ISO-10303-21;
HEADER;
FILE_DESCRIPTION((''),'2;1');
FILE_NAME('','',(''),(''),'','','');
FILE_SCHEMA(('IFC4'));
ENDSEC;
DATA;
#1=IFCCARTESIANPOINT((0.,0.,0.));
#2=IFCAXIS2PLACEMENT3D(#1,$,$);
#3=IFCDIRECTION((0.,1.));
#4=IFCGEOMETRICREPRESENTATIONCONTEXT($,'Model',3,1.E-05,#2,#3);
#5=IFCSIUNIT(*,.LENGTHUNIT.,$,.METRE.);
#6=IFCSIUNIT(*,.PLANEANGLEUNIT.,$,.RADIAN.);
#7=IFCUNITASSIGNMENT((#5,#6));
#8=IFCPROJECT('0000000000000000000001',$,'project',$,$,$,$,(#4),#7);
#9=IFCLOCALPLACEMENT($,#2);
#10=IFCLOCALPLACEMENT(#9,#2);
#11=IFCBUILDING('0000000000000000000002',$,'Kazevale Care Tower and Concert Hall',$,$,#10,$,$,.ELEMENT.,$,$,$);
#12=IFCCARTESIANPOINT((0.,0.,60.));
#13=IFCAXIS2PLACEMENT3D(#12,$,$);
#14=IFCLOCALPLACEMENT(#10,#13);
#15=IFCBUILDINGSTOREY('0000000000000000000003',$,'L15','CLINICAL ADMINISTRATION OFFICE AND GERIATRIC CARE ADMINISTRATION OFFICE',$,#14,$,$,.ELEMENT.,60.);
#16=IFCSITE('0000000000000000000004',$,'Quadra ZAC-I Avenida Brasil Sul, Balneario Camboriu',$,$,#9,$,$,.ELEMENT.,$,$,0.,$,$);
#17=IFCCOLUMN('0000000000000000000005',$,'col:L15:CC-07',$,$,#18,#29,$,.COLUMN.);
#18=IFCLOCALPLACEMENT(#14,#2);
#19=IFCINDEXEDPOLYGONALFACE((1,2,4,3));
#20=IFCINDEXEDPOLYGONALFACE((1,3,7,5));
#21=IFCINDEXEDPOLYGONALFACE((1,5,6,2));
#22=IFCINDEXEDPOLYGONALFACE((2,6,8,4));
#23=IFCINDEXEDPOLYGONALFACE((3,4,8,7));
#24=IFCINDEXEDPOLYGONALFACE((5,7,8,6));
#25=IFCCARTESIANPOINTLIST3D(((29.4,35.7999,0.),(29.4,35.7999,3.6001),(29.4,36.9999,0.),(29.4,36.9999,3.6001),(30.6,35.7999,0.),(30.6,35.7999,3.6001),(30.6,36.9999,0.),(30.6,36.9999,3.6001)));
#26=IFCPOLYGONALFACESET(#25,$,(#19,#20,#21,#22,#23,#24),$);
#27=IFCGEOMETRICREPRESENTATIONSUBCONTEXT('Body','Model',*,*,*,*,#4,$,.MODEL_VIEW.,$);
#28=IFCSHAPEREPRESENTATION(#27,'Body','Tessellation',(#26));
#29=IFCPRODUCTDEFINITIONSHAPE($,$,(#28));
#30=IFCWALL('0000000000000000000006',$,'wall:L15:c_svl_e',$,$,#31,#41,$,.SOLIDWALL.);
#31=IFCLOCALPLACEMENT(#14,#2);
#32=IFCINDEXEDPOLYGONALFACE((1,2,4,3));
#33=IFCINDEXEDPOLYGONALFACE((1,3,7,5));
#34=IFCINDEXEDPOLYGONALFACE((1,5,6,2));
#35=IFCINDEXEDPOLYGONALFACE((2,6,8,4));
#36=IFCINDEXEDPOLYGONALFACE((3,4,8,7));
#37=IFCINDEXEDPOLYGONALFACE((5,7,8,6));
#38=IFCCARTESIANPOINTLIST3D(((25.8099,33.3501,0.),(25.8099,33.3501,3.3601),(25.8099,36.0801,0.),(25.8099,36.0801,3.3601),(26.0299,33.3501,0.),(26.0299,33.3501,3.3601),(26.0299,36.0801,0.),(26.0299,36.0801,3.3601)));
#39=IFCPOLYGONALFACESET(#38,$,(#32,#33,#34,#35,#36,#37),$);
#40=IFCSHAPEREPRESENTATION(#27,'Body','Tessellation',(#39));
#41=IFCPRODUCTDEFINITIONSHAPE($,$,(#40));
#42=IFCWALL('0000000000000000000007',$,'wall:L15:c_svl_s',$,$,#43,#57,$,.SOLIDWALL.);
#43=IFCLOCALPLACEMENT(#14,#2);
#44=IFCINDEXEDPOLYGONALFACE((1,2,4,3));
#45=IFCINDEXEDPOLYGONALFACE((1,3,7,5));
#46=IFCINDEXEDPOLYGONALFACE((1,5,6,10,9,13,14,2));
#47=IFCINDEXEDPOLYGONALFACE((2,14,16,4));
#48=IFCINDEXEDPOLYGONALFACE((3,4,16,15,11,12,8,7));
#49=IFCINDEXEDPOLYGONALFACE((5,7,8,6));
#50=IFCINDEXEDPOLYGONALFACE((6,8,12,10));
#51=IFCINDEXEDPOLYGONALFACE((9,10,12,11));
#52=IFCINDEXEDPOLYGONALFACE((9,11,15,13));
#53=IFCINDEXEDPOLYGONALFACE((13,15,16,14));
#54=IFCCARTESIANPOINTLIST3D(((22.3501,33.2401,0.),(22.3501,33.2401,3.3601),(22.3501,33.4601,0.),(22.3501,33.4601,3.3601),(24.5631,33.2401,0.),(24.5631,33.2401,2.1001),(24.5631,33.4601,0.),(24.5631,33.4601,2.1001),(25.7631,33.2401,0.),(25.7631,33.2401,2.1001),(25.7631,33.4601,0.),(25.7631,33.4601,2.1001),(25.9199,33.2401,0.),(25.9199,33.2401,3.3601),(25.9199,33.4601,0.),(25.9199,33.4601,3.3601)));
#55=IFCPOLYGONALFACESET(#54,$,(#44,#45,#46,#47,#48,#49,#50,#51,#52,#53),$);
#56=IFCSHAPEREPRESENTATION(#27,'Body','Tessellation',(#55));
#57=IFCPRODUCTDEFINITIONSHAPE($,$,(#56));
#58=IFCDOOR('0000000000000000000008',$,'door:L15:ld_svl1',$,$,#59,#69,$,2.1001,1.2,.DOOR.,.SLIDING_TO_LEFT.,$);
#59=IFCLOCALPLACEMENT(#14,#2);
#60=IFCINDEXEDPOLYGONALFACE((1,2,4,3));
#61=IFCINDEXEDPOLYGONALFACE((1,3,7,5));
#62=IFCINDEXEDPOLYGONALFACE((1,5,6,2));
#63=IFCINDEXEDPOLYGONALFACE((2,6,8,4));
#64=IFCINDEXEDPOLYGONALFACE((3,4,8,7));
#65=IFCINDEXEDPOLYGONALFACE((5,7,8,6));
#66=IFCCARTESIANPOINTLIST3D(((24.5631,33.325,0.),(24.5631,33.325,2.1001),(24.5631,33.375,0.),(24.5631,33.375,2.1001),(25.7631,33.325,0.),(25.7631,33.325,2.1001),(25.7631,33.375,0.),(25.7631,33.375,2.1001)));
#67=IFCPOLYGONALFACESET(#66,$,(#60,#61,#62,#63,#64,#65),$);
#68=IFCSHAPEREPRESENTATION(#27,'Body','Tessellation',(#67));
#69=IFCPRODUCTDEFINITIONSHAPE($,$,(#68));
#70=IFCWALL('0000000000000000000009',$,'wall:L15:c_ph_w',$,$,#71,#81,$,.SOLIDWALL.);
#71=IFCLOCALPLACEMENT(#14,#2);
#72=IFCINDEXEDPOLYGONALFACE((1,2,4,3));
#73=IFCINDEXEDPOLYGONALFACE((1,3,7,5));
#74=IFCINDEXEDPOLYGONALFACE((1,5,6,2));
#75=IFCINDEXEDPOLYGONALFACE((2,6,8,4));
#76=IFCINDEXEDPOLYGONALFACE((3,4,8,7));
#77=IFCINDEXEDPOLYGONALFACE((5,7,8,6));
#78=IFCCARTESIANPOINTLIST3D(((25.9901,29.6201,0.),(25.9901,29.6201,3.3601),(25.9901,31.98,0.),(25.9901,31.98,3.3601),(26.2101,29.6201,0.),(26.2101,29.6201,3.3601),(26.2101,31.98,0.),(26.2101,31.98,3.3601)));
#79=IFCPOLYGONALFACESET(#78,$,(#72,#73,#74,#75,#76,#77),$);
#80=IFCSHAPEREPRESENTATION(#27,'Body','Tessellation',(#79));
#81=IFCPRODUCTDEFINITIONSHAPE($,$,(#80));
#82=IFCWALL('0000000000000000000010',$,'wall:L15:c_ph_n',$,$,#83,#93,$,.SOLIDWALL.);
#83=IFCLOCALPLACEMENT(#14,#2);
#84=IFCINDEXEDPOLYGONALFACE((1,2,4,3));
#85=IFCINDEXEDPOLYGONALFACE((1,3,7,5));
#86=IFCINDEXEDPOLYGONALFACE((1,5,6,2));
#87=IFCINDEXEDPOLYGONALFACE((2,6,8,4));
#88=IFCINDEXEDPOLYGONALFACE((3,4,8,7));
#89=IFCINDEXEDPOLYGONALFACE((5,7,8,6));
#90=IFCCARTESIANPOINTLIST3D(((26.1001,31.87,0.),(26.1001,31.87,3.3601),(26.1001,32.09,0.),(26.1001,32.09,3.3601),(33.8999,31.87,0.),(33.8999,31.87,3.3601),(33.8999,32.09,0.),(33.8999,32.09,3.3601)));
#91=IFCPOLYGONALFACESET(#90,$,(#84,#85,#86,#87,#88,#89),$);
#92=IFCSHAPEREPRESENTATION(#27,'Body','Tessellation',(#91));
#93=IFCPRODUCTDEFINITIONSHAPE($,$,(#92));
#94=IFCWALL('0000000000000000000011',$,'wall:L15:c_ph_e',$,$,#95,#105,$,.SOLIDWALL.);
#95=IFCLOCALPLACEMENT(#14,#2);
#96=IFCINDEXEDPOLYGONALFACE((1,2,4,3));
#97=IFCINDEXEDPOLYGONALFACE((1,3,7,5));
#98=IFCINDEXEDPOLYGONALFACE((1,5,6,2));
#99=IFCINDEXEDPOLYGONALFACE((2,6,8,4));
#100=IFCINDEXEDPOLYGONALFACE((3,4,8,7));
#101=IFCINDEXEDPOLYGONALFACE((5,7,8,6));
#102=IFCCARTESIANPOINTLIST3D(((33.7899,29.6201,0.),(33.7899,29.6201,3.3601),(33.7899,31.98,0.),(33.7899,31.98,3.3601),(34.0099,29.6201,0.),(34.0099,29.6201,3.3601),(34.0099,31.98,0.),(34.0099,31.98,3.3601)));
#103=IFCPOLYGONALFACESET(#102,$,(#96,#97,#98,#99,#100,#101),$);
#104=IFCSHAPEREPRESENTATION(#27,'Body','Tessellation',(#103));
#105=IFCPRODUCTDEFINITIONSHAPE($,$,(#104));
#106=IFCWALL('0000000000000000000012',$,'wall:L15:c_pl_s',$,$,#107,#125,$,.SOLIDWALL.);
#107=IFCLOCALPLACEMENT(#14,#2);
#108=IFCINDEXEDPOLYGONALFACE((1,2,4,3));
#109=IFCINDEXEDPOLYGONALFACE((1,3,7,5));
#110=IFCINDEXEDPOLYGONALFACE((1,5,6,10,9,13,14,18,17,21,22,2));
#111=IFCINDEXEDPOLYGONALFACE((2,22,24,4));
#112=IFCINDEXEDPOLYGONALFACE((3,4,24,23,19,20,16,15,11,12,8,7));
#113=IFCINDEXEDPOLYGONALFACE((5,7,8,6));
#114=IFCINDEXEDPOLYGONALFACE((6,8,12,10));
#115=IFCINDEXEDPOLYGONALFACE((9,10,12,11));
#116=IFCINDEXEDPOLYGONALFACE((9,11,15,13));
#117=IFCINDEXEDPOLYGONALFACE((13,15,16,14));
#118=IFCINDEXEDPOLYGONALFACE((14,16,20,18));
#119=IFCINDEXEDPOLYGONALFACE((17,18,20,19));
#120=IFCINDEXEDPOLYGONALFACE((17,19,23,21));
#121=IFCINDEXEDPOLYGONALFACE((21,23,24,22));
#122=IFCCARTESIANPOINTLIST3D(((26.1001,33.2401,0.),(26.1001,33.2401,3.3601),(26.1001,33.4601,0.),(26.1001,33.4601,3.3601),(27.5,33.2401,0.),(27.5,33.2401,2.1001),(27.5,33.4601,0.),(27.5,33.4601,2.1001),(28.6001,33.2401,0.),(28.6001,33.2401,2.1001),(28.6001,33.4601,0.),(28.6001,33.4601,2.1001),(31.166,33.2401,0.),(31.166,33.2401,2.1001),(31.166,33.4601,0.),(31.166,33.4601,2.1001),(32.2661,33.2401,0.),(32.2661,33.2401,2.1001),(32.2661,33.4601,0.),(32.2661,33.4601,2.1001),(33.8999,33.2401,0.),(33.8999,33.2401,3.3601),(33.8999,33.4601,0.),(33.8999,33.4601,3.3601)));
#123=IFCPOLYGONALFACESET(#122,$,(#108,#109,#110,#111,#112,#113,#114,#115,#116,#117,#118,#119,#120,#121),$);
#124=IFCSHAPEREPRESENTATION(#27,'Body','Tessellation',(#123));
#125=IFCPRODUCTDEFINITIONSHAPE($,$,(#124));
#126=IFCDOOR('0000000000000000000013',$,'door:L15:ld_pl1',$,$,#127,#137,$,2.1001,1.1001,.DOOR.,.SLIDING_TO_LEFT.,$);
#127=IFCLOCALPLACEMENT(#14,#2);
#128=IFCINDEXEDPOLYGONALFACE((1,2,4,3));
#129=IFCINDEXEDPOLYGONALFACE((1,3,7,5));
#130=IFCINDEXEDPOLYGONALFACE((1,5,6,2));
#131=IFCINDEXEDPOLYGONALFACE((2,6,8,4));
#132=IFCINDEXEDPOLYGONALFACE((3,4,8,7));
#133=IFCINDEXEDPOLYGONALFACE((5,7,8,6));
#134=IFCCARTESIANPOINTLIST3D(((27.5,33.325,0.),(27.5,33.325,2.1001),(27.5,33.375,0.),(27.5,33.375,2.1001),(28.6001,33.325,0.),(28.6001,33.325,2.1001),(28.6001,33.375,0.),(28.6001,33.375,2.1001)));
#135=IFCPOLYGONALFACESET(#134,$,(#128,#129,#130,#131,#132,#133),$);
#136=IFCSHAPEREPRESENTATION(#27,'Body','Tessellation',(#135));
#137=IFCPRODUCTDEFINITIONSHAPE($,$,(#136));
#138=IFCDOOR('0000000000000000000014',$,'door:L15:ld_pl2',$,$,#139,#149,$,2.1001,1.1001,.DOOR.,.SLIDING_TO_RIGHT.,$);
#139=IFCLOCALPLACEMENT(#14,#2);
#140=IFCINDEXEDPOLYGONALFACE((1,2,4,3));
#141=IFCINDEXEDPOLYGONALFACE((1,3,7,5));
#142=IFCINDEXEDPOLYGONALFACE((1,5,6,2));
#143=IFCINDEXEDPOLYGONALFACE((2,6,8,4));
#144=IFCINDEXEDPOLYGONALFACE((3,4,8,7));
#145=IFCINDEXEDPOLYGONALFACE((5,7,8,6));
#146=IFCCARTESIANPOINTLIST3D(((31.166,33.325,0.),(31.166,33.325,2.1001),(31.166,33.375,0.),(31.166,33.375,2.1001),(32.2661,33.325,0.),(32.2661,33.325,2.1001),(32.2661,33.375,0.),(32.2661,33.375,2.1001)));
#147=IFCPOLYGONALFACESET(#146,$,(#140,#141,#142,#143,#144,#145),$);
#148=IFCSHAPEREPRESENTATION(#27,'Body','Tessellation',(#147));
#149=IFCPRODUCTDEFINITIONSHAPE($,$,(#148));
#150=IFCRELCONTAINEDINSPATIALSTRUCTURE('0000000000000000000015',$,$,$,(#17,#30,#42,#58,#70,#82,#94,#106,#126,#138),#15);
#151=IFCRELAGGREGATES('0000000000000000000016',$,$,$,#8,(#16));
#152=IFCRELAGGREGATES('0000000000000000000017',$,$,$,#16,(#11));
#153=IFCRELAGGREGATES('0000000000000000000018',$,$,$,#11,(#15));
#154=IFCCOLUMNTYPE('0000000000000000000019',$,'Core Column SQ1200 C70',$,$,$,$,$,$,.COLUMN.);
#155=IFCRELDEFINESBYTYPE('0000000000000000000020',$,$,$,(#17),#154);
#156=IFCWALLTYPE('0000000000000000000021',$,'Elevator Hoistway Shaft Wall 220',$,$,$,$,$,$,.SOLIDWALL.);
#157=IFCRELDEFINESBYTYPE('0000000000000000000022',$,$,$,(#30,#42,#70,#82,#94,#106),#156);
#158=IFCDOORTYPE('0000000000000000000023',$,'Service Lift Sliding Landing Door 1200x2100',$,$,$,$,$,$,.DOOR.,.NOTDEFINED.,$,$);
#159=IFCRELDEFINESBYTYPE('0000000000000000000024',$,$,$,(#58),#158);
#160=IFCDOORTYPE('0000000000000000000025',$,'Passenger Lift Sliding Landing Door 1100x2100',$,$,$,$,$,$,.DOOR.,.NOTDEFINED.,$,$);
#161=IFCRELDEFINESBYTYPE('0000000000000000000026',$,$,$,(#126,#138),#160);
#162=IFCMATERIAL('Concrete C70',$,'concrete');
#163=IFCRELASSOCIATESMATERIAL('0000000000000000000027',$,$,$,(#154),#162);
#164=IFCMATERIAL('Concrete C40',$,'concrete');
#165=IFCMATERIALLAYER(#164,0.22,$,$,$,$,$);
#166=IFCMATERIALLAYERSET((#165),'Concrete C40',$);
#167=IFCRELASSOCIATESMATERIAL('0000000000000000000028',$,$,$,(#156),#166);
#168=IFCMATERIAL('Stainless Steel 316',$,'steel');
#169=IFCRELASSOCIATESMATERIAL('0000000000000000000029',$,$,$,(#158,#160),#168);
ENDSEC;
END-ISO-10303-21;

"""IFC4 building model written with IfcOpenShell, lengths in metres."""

from ifc_helpers import new_model, si_unit, direction, frame, frame_2d, origin, origin_2d, place, context, subcontext, project, spatial, rectangle, extrude, material, layer, layer_set, material_profile, profile_set, type_object, element, fill, save


model = new_model("IFC4")

# Units and contexts
model_context = context("Model", 3, precision=1e-05, world=origin(), true_north=direction((0.0, 1.0)))
body_context = subcontext(model_context, "Body", "Model", "MODEL_VIEW")
ifc_project = project(units=[si_unit("LENGTHUNIT", "METRE"), si_unit("PLANEANGLEUNIT", "RADIAN")], contexts=[model_context])

# Site, building, storey
site_placement = place(None, origin())
site = spatial("IfcSite", under=ifc_project, at=site_placement, Name="Quadra ZAC-I Avenida Brasil Sul, Balneario Camboriu", CompositionType="ELEMENT", RefElevation=0.0)
building_placement = place(site_placement, origin())
building = spatial("IfcBuilding", under=site, at=building_placement, Name="Kazevale Care Tower and Concert Hall", CompositionType="ELEMENT")
storey_placement = place(building_placement, frame((0.0, 0.0, 60.0)))
storey = spatial("IfcBuildingStorey", under=building, at=storey_placement, Name="L15", Description="CLINICAL ADMINISTRATION OFFICE AND GERIATRIC CARE ADMINISTRATION OFFICE", CompositionType="ELEMENT", Elevation=60.0)

# Column
ifc_material_1 = material(Name="Concrete C70", Category="concrete")
ifc_material_profile = material_profile(ifc_material_1, rectangle(XDim=1.2, YDim=1.2, at=origin_2d()), Name="RC-SQ1200")
ifc_profile_set = profile_set([ifc_material_profile], Name="Concrete C70")
column_type = type_object("IfcColumnType", Name="Core Column SQ1200 C70", PredefinedType="COLUMN", material=ifc_profile_set)
column_placement = place(storey_placement, frame((30.0, 36.3999, 0.0), z_axis=(0.0, 0.0, 1.0), x_axis=(1.0, 0.0, 0.0)))
element("IfcColumn", 1, at=column_placement, inside=storey, type_object=column_type, Name="col:L15:CC-07", PredefinedType="COLUMN", context=body_context, shape_type="SweptSolid", body=[
    extrude(rectangle(XDim=1.2, YDim=1.2, at=origin_2d()), origin(), (0.0, 0.0, 1.0), 3.6001),
])

# Wall
ifc_material_2 = material(Name="Concrete C40", Category="concrete")
ifc_layer_1 = layer(ifc_material_2, 0.22)
ifc_layer_set_1 = layer_set([ifc_layer_1], Name="Concrete C40")
wall_type_1 = type_object("IfcWallType", Name="Elevator Hoistway Shaft Wall 220", PredefinedType="SOLIDWALL", material=ifc_layer_set_1)
wall_1_placement = place(storey_placement, frame((25.9199, 33.3501, 0.0), z_axis=(0.0, 0.0, 1.0), x_axis=(0.0, 1.0, 0.0)))
element("IfcWall", 2, at=wall_1_placement, inside=storey, type_object=wall_type_1, Name="wall:L15:c_svl_e", PredefinedType="SOLIDWALL", context=body_context, shape_type="SweptSolid", body=[
    extrude(rectangle(XDim=2.73, YDim=0.22, at=frame_2d((1.365, 0.0))), origin(), (0.0, 0.0, 1.0), 3.3601),
])

# Wall, opening, door
wall_2_placement = place(storey_placement, frame((22.3501, 33.3501, 0.0), z_axis=(0.0, 0.0, 1.0), x_axis=(1.0, 0.0, 0.0)))
wall_2 = element("IfcWall", 3, at=wall_2_placement, inside=storey, type_object=wall_type_1, Name="wall:L15:c_svl_s", PredefinedType="SOLIDWALL", context=body_context, shape_type="SweptSolid", body=[
    extrude(rectangle(XDim=3.5698, YDim=0.22, at=frame_2d((1.7849, 0.0))), origin(), (0.0, 0.0, 1.0), 3.3601),
])
opening_1_placement = place(wall_2_placement, frame((2.2129, 0.0, 0.0)))
opening_1 = element("IfcOpeningElement", 4, at=opening_1_placement, cuts=wall_2, PredefinedType="OPENING", context=body_context, shape_type="SweptSolid", body=[
    extrude(rectangle(XDim=1.2, YDim=2.1001, at=frame_2d((0.6001, 1.05))), frame((0.0, 0.1199, 0.0), z_axis=(0.0, -1.0, 0.0), x_axis=(1.0, 0.0, 0.0)), (0.0, 0.0, 1.0), 0.24),
])
ifc_material_3 = material(Name="Stainless Steel 316", Category="steel")
door_type_1 = type_object("IfcDoorType", Name="Service Lift Sliding Landing Door 1200x2100", OperationType="NOTDEFINED", PredefinedType="DOOR", material=ifc_material_3)
door_1_placement = place(opening_1_placement, origin())
door_1 = element("IfcDoor", 5, at=door_1_placement, inside=storey, type_object=door_type_1, Name="door:L15:ld_svl1", OperationType="SLIDING_TO_LEFT", OverallHeight=2.1001, OverallWidth=1.2, PredefinedType="DOOR", context=body_context, shape_type="SweptSolid", body=[
    extrude(rectangle(XDim=1.2, YDim=2.1001, at=frame_2d((0.6001, 1.05))), frame((0.0, 0.0249, 0.0), z_axis=(0.0, -1.0, 0.0), x_axis=(1.0, 0.0, 0.0)), (0.0, 0.0, 1.0), 0.05),
])
fill(opening_1, door_1)

# Walls
wall_3_placement = place(storey_placement, frame((26.1001, 29.6201, 0.0), z_axis=(0.0, 0.0, 1.0), x_axis=(0.0, 1.0, 0.0)))
element("IfcWall", 6, at=wall_3_placement, inside=storey, type_object=wall_type_1, Name="wall:L15:c_ph_w", PredefinedType="SOLIDWALL", context=body_context, shape_type="SweptSolid", body=[
    extrude(rectangle(XDim=2.3599, YDim=0.22, at=frame_2d((1.1799, 0.0))), origin(), (0.0, 0.0, 1.0), 3.3601),
])
wall_4_placement = place(storey_placement, frame((26.1001, 31.98, 0.0), z_axis=(0.0, 0.0, 1.0), x_axis=(1.0, 0.0, 0.0)))
element("IfcWall", 7, at=wall_4_placement, inside=storey, type_object=wall_type_1, Name="wall:L15:c_ph_n", PredefinedType="SOLIDWALL", context=body_context, shape_type="SweptSolid", body=[
    extrude(rectangle(XDim=7.7998, YDim=0.22, at=frame_2d((3.8999, 0.0))), origin(), (0.0, 0.0, 1.0), 3.3601),
])
wall_5_placement = place(storey_placement, frame((33.8999, 29.6201, 0.0), z_axis=(0.0, 0.0, 1.0), x_axis=(0.0, 1.0, 0.0)))
element("IfcWall", 8, at=wall_5_placement, inside=storey, type_object=wall_type_1, Name="wall:L15:c_ph_e", PredefinedType="SOLIDWALL", context=body_context, shape_type="SweptSolid", body=[
    extrude(rectangle(XDim=2.3599, YDim=0.22, at=frame_2d((1.1799, 0.0))), origin(), (0.0, 0.0, 1.0), 3.3601),
])

# Wall, openings, doors
wall_6_placement = place(storey_placement, frame((26.1001, 33.3501, 0.0), z_axis=(0.0, 0.0, 1.0), x_axis=(1.0, 0.0, 0.0)))
wall_6 = element("IfcWall", 9, at=wall_6_placement, inside=storey, type_object=wall_type_1, Name="wall:L15:c_pl_s", PredefinedType="SOLIDWALL", context=body_context, shape_type="SweptSolid", body=[
    extrude(rectangle(XDim=7.7998, YDim=0.22, at=frame_2d((3.8999, 0.0))), origin(), (0.0, 0.0, 1.0), 3.3601),
])
opening_2_placement = place(wall_6_placement, frame((1.3999, 0.0, 0.0)))
opening_2 = element("IfcOpeningElement", 10, at=opening_2_placement, cuts=wall_6, PredefinedType="OPENING", context=body_context, shape_type="SweptSolid", body=[
    extrude(rectangle(XDim=1.1001, YDim=2.1001, at=frame_2d((0.55, 1.05))), frame((0.0, 0.1199, 0.0), z_axis=(0.0, -1.0, 0.0), x_axis=(1.0, 0.0, 0.0)), (0.0, 0.0, 1.0), 0.24),
])
opening_3_placement = place(wall_6_placement, frame((5.0659, 0.0, 0.0)))
opening_3 = element("IfcOpeningElement", 11, at=opening_3_placement, cuts=wall_6, PredefinedType="OPENING", context=body_context, shape_type="SweptSolid", body=[
    extrude(rectangle(XDim=1.1001, YDim=2.1001, at=frame_2d((0.55, 1.05))), frame((0.0, 0.1199, 0.0), z_axis=(0.0, -1.0, 0.0), x_axis=(1.0, 0.0, 0.0)), (0.0, 0.0, 1.0), 0.24),
])
door_type_2 = type_object("IfcDoorType", Name="Passenger Lift Sliding Landing Door 1100x2100", OperationType="NOTDEFINED", PredefinedType="DOOR", material=ifc_material_3)
door_2_placement = place(opening_2_placement, origin())
door_2 = element("IfcDoor", 12, at=door_2_placement, inside=storey, type_object=door_type_2, Name="door:L15:ld_pl1", OperationType="SLIDING_TO_LEFT", OverallHeight=2.1001, OverallWidth=1.1001, PredefinedType="DOOR", context=body_context, shape_type="SweptSolid", body=[
    extrude(rectangle(XDim=1.1001, YDim=2.1001, at=frame_2d((0.55, 1.05))), frame((0.0, 0.0249, 0.0), z_axis=(0.0, -1.0, 0.0), x_axis=(1.0, 0.0, 0.0)), (0.0, 0.0, 1.0), 0.05),
])
fill(opening_2, door_2)
door_3_placement = place(opening_3_placement, origin())
door_3 = element("IfcDoor", 13, at=door_3_placement, inside=storey, type_object=door_type_2, Name="door:L15:ld_pl2", OperationType="SLIDING_TO_RIGHT", OverallHeight=2.1001, OverallWidth=1.1001, PredefinedType="DOOR", context=body_context, shape_type="SweptSolid", body=[
    extrude(rectangle(XDim=1.1001, YDim=2.1001, at=frame_2d((0.55, 1.05))), frame((0.0, 0.0249, 0.0), z_axis=(0.0, -1.0, 0.0), x_axis=(1.0, 0.0, 0.0)), (0.0, 0.0, 1.0), 0.05),
])
fill(opening_3, door_3)

save(model, "model.ifc")
